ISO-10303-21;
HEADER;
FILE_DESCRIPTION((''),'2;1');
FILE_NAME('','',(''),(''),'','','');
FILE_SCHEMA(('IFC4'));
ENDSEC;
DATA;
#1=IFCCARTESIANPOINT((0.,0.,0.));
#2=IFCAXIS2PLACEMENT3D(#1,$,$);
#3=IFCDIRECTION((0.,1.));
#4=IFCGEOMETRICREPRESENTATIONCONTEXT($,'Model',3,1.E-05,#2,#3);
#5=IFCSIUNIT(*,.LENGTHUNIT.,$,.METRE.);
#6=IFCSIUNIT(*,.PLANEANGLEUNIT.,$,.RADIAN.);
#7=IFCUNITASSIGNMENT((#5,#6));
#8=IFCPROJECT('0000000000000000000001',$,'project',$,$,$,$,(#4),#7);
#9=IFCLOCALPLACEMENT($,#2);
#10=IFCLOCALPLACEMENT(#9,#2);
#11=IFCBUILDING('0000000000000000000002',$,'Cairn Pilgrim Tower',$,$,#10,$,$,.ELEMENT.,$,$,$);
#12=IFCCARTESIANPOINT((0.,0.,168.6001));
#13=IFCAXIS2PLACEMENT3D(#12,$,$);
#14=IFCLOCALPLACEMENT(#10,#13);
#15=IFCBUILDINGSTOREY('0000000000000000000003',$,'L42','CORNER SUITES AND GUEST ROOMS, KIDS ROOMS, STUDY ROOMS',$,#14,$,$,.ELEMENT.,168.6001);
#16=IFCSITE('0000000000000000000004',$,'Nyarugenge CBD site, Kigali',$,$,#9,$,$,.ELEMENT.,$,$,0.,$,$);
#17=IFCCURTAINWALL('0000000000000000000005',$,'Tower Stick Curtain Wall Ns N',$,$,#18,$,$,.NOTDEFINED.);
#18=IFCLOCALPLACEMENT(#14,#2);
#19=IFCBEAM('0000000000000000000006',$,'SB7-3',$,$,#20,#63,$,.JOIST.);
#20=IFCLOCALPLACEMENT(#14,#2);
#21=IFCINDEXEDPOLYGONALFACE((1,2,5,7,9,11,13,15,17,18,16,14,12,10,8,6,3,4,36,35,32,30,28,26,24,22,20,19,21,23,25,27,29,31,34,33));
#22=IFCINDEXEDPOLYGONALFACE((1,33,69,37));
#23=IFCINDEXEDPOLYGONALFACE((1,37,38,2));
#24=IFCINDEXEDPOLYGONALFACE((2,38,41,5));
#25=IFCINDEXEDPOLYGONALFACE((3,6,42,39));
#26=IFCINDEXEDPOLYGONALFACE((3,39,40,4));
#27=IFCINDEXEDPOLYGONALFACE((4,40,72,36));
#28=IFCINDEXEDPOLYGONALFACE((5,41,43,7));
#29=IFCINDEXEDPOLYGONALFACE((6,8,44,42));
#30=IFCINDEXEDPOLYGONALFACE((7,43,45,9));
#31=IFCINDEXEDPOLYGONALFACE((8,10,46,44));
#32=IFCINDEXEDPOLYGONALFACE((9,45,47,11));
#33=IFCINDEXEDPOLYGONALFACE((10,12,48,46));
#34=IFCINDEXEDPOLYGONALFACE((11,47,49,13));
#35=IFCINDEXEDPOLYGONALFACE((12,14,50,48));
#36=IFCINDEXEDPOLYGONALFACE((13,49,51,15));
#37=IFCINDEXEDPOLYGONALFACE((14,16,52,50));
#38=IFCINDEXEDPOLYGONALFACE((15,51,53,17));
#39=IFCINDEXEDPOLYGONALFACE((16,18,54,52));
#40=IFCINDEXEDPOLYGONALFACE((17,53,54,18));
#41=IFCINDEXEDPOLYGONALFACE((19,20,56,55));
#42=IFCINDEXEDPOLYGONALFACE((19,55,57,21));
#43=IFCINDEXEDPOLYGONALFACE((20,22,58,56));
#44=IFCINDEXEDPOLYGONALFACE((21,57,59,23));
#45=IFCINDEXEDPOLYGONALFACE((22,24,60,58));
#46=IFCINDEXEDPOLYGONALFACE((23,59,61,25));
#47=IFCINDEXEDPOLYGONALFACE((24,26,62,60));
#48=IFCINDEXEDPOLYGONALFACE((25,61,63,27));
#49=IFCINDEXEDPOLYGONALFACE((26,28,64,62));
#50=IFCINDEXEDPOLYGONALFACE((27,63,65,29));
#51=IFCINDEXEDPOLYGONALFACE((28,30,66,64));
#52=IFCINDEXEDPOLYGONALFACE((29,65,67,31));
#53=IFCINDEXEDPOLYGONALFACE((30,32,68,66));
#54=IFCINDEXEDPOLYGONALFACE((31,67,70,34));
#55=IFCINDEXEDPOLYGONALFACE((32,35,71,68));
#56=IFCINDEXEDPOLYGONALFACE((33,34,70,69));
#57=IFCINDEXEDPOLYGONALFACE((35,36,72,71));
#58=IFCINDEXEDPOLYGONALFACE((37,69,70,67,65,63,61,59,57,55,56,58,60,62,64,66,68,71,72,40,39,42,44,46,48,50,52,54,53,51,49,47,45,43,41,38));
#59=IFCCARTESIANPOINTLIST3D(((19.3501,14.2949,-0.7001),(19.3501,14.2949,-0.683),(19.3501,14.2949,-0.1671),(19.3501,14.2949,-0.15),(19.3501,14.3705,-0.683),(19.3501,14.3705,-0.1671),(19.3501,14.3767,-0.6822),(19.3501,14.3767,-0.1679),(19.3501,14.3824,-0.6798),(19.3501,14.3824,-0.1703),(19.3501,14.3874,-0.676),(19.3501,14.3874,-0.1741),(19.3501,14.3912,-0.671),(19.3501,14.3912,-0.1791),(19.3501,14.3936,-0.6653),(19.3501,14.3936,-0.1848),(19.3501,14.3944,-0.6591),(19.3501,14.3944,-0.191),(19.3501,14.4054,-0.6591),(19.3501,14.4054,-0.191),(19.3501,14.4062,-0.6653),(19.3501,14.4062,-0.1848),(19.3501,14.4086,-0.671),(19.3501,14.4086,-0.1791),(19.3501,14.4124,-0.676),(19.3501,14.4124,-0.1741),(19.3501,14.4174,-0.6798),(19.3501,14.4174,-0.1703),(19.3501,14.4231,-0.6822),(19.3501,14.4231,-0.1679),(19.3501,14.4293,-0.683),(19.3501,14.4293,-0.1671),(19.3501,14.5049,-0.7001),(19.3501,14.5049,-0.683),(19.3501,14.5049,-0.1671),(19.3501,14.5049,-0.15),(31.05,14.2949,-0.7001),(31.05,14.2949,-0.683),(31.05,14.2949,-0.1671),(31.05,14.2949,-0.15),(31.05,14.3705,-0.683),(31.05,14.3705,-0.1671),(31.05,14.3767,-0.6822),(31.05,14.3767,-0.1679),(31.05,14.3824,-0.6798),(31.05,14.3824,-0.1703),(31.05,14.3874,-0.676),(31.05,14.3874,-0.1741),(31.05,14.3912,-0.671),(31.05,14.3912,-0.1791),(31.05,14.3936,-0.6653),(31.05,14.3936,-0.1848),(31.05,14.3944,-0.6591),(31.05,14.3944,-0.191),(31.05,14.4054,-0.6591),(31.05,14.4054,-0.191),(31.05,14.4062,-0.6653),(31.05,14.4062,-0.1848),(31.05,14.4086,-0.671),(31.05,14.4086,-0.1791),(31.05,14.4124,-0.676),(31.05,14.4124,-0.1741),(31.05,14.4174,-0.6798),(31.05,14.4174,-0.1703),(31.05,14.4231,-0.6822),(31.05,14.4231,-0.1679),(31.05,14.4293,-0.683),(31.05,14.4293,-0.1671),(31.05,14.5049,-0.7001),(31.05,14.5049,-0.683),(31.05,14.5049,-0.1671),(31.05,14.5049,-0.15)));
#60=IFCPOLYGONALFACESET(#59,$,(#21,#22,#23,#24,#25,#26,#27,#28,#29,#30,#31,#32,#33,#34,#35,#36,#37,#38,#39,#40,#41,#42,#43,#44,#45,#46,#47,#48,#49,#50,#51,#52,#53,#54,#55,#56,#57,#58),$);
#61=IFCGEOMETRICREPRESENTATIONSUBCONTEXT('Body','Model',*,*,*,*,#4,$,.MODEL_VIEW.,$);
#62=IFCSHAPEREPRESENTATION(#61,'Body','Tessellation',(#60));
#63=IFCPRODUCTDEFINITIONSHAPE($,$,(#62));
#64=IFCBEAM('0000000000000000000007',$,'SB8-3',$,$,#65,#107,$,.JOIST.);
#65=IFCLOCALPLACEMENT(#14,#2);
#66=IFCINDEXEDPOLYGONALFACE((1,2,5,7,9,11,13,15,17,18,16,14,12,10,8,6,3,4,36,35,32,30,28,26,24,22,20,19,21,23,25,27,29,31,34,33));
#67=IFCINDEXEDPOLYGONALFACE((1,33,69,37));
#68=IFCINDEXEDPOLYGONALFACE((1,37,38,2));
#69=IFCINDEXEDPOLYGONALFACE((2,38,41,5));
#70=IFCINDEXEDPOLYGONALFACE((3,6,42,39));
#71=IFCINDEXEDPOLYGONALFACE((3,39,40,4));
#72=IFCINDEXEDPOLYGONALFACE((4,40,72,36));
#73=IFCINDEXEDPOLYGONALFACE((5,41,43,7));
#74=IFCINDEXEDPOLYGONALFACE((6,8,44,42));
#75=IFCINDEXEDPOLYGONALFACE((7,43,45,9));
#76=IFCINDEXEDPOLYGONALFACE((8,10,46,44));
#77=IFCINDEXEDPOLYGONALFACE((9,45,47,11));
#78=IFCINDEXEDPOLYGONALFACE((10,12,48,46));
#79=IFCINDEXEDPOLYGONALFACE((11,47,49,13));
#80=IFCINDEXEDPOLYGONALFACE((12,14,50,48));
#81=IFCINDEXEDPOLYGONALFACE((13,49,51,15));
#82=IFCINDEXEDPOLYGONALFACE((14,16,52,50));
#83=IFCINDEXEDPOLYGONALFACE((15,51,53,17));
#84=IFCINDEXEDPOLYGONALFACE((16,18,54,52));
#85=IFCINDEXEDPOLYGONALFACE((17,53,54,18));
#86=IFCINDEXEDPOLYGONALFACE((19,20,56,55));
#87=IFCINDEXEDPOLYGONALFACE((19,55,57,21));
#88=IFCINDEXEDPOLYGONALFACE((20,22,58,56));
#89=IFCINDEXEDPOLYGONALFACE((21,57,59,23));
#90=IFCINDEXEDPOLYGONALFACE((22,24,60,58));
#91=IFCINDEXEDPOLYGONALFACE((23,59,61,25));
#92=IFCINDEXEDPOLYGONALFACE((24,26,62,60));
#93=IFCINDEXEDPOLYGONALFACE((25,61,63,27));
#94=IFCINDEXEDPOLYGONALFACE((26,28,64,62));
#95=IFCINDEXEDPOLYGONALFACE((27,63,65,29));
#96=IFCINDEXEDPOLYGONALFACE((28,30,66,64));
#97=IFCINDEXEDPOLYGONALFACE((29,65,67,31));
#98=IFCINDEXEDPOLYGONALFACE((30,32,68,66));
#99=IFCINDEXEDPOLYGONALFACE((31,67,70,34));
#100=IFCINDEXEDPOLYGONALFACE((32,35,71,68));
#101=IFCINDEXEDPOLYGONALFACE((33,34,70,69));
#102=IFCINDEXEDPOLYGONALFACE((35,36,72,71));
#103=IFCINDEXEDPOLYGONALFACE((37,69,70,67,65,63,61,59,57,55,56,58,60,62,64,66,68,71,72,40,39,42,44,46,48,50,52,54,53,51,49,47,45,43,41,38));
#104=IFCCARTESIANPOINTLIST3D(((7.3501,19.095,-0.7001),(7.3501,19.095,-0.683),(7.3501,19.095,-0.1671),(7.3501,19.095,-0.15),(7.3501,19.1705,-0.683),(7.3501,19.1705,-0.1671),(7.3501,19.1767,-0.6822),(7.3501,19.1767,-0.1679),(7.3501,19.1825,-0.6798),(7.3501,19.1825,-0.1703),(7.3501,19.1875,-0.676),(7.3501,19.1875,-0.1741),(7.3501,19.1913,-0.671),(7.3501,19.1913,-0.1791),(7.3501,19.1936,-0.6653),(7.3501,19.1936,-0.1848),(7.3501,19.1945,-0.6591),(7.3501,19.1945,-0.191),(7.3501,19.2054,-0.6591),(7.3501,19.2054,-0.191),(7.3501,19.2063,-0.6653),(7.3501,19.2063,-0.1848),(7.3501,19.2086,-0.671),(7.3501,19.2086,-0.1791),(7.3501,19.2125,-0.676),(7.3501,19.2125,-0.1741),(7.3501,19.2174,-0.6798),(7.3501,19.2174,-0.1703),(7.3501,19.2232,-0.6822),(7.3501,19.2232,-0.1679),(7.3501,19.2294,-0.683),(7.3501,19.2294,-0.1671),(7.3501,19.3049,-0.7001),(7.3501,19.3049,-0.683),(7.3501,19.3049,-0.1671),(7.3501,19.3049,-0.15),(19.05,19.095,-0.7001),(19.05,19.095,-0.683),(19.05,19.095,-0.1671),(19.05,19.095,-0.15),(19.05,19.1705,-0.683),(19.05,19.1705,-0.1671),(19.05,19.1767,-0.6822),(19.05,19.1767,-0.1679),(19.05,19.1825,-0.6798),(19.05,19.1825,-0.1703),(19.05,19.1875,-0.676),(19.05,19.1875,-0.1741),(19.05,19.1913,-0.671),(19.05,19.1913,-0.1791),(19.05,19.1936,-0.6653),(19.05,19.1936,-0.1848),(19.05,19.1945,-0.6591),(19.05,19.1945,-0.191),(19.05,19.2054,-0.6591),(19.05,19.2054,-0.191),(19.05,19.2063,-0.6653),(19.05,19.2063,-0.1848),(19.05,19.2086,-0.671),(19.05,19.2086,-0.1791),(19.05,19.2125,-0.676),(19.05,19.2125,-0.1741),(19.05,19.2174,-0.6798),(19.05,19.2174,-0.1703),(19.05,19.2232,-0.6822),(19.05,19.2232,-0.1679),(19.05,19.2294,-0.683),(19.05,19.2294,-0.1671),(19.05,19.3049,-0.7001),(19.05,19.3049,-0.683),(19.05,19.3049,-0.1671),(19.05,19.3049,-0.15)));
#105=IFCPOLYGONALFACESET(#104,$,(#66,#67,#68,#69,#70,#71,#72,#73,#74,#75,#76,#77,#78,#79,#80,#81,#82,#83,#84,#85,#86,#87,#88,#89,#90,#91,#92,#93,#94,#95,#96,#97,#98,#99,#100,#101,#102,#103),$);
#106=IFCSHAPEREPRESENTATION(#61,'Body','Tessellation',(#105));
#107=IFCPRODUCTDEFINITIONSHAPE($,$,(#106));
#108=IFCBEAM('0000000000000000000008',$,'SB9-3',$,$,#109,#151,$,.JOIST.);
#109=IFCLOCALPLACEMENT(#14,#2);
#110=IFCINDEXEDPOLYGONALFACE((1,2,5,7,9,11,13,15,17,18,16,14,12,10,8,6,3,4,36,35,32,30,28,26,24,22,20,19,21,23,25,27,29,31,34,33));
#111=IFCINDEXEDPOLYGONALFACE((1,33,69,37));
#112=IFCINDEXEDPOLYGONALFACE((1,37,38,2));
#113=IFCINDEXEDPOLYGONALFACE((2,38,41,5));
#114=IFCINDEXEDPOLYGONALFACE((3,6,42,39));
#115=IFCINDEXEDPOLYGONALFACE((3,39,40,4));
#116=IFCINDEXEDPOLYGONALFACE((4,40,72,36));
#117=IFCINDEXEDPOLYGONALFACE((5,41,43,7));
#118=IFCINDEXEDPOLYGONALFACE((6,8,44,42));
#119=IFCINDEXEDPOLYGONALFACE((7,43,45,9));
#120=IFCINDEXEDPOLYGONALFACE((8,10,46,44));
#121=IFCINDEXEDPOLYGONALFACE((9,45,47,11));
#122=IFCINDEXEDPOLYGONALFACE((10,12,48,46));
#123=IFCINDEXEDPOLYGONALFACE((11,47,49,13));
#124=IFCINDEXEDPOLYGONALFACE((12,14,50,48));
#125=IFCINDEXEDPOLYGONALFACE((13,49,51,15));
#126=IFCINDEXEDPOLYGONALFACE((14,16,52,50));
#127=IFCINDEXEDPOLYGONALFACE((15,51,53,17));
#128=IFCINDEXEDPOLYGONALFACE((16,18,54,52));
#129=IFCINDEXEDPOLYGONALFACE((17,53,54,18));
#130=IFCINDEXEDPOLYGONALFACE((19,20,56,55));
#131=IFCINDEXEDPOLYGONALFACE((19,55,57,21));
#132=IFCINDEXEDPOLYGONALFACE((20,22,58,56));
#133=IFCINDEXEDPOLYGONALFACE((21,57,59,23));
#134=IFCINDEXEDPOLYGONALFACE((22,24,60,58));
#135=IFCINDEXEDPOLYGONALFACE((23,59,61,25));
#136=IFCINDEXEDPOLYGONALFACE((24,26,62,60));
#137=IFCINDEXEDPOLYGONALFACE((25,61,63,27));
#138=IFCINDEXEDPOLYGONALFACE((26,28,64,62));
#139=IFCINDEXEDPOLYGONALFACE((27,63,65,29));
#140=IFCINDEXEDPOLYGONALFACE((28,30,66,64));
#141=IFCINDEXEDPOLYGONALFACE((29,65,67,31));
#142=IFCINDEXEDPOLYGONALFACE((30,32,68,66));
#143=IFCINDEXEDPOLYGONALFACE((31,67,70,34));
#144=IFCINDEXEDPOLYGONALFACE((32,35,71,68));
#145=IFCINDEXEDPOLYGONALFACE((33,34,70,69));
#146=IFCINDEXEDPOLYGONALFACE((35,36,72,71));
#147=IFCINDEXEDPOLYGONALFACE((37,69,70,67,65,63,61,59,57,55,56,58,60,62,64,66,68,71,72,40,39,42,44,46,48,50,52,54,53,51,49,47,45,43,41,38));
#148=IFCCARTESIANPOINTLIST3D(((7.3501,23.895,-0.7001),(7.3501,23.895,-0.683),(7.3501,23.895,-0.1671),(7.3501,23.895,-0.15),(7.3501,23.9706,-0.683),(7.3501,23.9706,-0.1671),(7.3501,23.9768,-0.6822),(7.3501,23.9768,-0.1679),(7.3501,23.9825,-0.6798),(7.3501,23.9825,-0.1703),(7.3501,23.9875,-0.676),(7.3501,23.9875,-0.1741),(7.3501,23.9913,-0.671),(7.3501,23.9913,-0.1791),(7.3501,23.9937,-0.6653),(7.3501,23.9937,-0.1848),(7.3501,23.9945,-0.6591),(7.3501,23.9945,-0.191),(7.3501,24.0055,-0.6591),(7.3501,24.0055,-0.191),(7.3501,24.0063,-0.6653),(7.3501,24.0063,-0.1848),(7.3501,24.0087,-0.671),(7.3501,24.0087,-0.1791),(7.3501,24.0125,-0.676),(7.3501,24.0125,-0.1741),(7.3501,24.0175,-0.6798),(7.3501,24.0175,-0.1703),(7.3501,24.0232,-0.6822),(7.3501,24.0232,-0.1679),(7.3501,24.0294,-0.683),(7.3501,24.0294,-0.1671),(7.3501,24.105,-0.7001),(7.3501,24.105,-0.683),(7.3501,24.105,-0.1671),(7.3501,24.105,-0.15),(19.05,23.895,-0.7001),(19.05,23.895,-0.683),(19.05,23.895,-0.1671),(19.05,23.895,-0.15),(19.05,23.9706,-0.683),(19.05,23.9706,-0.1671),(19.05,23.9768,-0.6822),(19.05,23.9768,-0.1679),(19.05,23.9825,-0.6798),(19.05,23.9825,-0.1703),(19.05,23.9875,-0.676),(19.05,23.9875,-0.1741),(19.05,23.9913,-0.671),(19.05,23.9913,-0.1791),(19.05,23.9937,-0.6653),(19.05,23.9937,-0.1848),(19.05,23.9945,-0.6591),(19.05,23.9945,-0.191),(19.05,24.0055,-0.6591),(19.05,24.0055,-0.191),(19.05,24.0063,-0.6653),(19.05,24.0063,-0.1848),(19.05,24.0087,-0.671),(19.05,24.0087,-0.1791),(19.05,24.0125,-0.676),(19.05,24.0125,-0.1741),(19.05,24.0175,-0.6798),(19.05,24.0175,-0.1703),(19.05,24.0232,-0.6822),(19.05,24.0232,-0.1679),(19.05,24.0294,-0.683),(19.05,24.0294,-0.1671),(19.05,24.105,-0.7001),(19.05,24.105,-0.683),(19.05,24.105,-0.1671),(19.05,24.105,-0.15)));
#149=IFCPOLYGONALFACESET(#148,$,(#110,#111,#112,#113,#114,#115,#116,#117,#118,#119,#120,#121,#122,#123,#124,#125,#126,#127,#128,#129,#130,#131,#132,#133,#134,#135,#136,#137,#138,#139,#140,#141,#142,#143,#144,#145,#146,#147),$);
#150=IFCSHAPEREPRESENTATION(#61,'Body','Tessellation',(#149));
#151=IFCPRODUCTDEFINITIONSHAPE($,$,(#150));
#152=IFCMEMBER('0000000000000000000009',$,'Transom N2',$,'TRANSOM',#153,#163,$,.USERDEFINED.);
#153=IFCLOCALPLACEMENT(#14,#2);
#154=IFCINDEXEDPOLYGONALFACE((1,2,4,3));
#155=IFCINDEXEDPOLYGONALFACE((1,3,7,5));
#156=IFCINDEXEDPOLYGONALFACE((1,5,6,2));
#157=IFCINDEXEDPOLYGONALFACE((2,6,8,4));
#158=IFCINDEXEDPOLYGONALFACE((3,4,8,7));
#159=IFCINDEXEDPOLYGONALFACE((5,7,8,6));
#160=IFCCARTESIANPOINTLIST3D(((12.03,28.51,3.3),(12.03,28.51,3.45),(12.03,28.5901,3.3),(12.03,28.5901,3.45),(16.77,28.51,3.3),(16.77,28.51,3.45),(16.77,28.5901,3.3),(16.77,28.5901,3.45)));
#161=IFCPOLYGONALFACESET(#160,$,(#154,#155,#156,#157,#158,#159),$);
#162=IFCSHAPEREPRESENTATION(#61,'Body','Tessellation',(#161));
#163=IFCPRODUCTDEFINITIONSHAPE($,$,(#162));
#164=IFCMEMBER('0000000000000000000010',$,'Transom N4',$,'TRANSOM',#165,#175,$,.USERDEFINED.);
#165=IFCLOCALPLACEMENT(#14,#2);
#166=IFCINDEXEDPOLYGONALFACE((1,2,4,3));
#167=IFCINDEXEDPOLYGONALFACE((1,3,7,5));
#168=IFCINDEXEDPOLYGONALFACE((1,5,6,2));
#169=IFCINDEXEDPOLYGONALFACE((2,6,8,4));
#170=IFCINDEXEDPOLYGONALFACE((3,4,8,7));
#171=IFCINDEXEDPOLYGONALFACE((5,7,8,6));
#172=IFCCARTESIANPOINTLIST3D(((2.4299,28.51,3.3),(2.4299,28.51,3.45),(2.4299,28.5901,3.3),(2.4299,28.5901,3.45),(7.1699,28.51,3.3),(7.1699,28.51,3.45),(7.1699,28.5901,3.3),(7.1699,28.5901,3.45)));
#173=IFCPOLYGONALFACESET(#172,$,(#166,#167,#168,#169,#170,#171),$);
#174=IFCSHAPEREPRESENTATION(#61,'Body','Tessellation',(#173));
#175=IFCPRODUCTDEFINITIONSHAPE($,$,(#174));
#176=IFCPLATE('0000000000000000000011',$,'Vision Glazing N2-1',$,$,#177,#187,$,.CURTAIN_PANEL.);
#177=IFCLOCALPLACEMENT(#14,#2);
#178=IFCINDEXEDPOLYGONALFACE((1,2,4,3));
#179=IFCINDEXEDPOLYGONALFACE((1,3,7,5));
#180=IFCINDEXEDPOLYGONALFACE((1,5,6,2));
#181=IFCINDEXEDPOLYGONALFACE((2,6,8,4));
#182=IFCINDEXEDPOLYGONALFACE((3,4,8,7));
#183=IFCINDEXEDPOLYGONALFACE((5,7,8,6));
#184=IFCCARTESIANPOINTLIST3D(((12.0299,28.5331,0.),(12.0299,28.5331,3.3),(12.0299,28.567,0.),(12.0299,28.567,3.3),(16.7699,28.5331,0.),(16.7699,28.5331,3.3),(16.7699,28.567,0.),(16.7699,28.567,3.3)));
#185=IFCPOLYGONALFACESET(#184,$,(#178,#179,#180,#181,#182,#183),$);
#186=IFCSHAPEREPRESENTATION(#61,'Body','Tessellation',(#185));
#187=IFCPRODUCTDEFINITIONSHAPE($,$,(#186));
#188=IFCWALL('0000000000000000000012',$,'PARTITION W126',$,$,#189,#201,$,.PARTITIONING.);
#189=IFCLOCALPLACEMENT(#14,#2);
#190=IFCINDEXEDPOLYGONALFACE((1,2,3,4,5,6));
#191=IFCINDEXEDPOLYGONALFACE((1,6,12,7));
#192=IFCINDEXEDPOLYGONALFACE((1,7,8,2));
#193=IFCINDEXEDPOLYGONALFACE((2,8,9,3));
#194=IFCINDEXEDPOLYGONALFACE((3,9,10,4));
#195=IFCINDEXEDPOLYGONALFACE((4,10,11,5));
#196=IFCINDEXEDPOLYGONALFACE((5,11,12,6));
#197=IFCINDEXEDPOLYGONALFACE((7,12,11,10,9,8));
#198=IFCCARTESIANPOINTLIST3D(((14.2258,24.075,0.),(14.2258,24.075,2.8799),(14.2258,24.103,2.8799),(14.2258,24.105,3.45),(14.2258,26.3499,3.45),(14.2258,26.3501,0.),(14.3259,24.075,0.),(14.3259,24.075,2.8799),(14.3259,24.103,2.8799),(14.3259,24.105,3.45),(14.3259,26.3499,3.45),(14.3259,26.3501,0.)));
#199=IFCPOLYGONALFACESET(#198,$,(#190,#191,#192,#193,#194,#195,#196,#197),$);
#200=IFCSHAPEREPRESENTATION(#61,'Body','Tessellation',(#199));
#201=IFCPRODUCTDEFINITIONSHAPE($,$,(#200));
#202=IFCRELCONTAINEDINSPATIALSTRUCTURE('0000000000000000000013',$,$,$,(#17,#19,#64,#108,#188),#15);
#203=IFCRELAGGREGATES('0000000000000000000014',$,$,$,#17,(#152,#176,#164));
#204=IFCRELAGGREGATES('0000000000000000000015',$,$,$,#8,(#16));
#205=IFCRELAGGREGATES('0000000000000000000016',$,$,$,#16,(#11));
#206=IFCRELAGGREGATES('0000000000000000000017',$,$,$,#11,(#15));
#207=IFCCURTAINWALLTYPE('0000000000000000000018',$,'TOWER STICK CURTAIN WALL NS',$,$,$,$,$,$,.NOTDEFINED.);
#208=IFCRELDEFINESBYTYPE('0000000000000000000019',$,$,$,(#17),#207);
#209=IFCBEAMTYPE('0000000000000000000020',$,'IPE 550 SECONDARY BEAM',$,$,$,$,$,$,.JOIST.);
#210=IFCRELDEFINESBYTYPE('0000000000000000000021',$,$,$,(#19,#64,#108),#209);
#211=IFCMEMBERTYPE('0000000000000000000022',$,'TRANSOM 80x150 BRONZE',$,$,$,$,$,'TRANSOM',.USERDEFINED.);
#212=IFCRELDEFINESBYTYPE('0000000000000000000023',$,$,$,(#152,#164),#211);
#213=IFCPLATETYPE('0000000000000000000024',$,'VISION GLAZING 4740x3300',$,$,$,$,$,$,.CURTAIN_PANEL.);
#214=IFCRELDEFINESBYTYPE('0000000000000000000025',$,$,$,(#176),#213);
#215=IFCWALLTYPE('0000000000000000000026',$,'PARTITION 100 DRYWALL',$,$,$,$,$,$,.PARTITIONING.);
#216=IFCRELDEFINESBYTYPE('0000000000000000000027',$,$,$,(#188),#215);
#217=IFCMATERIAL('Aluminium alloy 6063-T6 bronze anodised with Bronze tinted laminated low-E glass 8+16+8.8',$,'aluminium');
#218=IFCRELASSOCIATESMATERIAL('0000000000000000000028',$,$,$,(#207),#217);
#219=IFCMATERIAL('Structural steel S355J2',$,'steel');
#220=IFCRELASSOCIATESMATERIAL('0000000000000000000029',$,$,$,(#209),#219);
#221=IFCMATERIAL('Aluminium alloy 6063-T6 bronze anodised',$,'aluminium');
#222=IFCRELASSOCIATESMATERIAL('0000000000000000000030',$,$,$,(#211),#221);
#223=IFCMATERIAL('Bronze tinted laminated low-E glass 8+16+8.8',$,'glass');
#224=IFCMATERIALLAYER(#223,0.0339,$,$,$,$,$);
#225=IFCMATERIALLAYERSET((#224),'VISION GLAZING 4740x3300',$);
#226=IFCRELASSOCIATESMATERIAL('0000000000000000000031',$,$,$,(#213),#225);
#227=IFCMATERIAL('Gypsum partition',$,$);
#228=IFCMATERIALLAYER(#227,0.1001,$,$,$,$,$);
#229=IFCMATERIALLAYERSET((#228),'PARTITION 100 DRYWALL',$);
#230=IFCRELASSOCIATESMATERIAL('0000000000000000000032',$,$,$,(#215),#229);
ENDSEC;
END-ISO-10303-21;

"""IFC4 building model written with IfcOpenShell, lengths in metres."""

from ifc_helpers import new_model, si_unit, direction, frame, origin, origin_2d, place, context, subcontext, project, spatial, polyline, rectangle, i_section, outline, extrude, material, layer, layer_set, material_profile, profile_set, type_object, element, aggregate, save


model = new_model("IFC4")

# Units and contexts
model_context = context("Model", 3, precision=1e-05, world=origin(), true_north=direction((0.0, 1.0)))
body_context = subcontext(model_context, "Body", "Model", "MODEL_VIEW")
ifc_project = project(units=[si_unit("LENGTHUNIT", "METRE"), si_unit("PLANEANGLEUNIT", "RADIAN")], contexts=[model_context])

# Site, building, storey
site_placement = place(None, origin())
site = spatial("IfcSite", under=ifc_project, at=site_placement, Name="Nyarugenge CBD site, Kigali", CompositionType="ELEMENT", RefElevation=0.0)
building_placement = place(site_placement, origin())
building = spatial("IfcBuilding", under=site, at=building_placement, Name="Cairn Pilgrim Tower", CompositionType="ELEMENT")
storey_placement = place(building_placement, frame((0.0, 0.0, 168.6001)))
storey = spatial("IfcBuildingStorey", under=building, at=storey_placement, Name="L42", Description="CORNER SUITES AND GUEST ROOMS, KIDS ROOMS, STUDY ROOMS", CompositionType="ELEMENT", Elevation=168.6001)

# Curtain wall
ifc_material_1 = material(Name="Aluminium alloy 6063-T6 bronze anodised with Bronze tinted laminated low-E glass 8+16+8.8", Category="aluminium")
curtain_wall_type = type_object("IfcCurtainWallType", Name="TOWER STICK CURTAIN WALL NS", PredefinedType="NOTDEFINED", material=ifc_material_1)
curtain_wall_placement = place(storey_placement, origin())
curtain_wall = element("IfcCurtainWall", 1, at=curtain_wall_placement, inside=storey, type_object=curtain_wall_type, Name="Tower Stick Curtain Wall Ns N", PredefinedType="NOTDEFINED")
ifc_material_2 = material(Name="Aluminium alloy 6063-T6 bronze anodised", Category="aluminium")

# Beams
ifc_material_3 = material(Name="Structural steel S355J2", Category="steel")
ifc_material_profile_1 = material_profile(ifc_material_3, i_section(OverallWidth=0.21, OverallDepth=0.55, WebThickness=0.011, FlangeThickness=0.0171, FilletRadius=0.0239, at=origin_2d()), Name="IPE 550")
ifc_profile_set_1 = profile_set([ifc_material_profile_1], Name="Structural steel S355J2")
beam_type_1 = type_object("IfcBeamType", Name="IPE 550 SECONDARY BEAM", PredefinedType="JOIST", material=ifc_profile_set_1)
for number, where, z_axis, x_axis, name in (
    (2, (19.3501, 14.3999, -0.425), (1.0, 0.0, 0.0), (0.0, 1.0, 0.0), "SB7-3"),
    (3, (7.3501, 19.2, -0.425), (1.0, 0.0, 0.0), (0.0, 1.0, 0.0), "SB8-3"),
    (4, (7.3501, 24.0, -0.425), (1.0, 0.0, 0.0), (0.0, 1.0, 0.0), "SB9-3"),
):
    element("IfcBeam", number, at=place(storey_placement, frame(where, z_axis=z_axis, x_axis=x_axis)), inside=storey, type_object=beam_type_1, Name=name, PredefinedType="JOIST", context=body_context, shape_type="SweptSolid", body=[
        extrude(i_section(OverallWidth=0.21, OverallDepth=0.55, WebThickness=0.011, FlangeThickness=0.0171, FilletRadius=0.0239, at=origin_2d()), origin(), (0.0, 0.0, 1.0), 11.7),
    ])

# Members
ifc_material_profile_2 = material_profile(ifc_material_2, rectangle(XDim=0.0801, YDim=0.1499, at=origin_2d()), Name="TRANSOM 80x150 BRONZE")
ifc_profile_set_2 = profile_set([ifc_material_profile_2], Name="Aluminium alloy 6063-T6 bronze anodised")
member_type_1 = type_object("IfcMemberType", Name="TRANSOM 80x150 BRONZE", ElementType="TRANSOM", PredefinedType="USERDEFINED", material=ifc_profile_set_2)
member_1_placement = place(storey_placement, frame((16.77, 28.55, 3.375), z_axis=(-1.0, 0.0, 0.0), x_axis=(0.0, -1.0, 0.0)))
member_1 = element("IfcMember", 5, at=member_1_placement, type_object=member_type_1, Name="Transom N2", ObjectType="TRANSOM", PredefinedType="USERDEFINED", context=body_context, shape_type="SweptSolid", body=[
    extrude(rectangle(XDim=0.0801, YDim=0.1499, at=origin_2d()), origin(), (0.0, 0.0, 1.0), 4.74),
])
member_2_placement = place(storey_placement, frame((7.1699, 28.55, 3.375), z_axis=(-1.0, 0.0, 0.0), x_axis=(0.0, -1.0, 0.0)))
member_2 = element("IfcMember", 6, at=member_2_placement, type_object=member_type_1, Name="Transom N4", ObjectType="TRANSOM", PredefinedType="USERDEFINED", context=body_context, shape_type="SweptSolid", body=[
    extrude(rectangle(XDim=0.0801, YDim=0.1499, at=origin_2d()), origin(), (0.0, 0.0, 1.0), 4.74),
])

# Plate
ifc_material_4 = material(Name="Bronze tinted laminated low-E glass 8+16+8.8", Category="glass")
ifc_layer_1 = layer(ifc_material_4, 0.0339)
ifc_layer_set_1 = layer_set([ifc_layer_1], Name="VISION GLAZING 4740x3300")
plate_type = type_object("IfcPlateType", Name="VISION GLAZING 4740x3300", PredefinedType="CURTAIN_PANEL", material=ifc_layer_set_1)
plate_placement = place(storey_placement, frame((14.3999, 28.55, 0.0), z_axis=(0.0, 0.0, 1.0), x_axis=(-1.0, 0.0, 0.0)))
plate = element("IfcPlate", 7, at=plate_placement, type_object=plate_type, Name="Vision Glazing N2-1", PredefinedType="CURTAIN_PANEL", context=body_context, shape_type="SweptSolid", body=[
    extrude(rectangle(XDim=4.74, YDim=0.0339, at=origin_2d()), origin(), (0.0, 0.0, 1.0), 3.3),
])
aggregate(curtain_wall, [member_1, plate, member_2])

# Wall
ifc_material_5 = material(Name="Gypsum partition")
ifc_layer_2 = layer(ifc_material_5, 0.1001)
ifc_layer_set_2 = layer_set([ifc_layer_2], Name="PARTITION 100 DRYWALL")
wall_type_1 = type_object("IfcWallType", Name="PARTITION 100 DRYWALL", PredefinedType="PARTITIONING", material=ifc_layer_set_2)
wall_1_placement = place(storey_placement, frame((14.2759, 24.075, 0.0), z_axis=(0.0, 0.0, 1.0), x_axis=(0.0, 1.0, 0.0)))
element("IfcWall", 8, at=wall_1_placement, inside=storey, type_object=wall_type_1, Name="PARTITION W126", PredefinedType="PARTITIONING", context=body_context, shape_type="SweptSolid", body=[
    extrude(outline(polyline([(0.0, 0.0), (2.2751, 0.0), (2.2749, 3.45), (0.03, 3.45), (0.0281, 2.8799), (0.0, 2.8799), (0.0, 0.0)])), frame((0.0, 0.05, 0.0), z_axis=(0.0, -1.0, 0.0), x_axis=(1.0, 0.0, 0.0)), (0.0, 0.0, 1.0), 0.1001),
])

save(model, "model.ifc")
